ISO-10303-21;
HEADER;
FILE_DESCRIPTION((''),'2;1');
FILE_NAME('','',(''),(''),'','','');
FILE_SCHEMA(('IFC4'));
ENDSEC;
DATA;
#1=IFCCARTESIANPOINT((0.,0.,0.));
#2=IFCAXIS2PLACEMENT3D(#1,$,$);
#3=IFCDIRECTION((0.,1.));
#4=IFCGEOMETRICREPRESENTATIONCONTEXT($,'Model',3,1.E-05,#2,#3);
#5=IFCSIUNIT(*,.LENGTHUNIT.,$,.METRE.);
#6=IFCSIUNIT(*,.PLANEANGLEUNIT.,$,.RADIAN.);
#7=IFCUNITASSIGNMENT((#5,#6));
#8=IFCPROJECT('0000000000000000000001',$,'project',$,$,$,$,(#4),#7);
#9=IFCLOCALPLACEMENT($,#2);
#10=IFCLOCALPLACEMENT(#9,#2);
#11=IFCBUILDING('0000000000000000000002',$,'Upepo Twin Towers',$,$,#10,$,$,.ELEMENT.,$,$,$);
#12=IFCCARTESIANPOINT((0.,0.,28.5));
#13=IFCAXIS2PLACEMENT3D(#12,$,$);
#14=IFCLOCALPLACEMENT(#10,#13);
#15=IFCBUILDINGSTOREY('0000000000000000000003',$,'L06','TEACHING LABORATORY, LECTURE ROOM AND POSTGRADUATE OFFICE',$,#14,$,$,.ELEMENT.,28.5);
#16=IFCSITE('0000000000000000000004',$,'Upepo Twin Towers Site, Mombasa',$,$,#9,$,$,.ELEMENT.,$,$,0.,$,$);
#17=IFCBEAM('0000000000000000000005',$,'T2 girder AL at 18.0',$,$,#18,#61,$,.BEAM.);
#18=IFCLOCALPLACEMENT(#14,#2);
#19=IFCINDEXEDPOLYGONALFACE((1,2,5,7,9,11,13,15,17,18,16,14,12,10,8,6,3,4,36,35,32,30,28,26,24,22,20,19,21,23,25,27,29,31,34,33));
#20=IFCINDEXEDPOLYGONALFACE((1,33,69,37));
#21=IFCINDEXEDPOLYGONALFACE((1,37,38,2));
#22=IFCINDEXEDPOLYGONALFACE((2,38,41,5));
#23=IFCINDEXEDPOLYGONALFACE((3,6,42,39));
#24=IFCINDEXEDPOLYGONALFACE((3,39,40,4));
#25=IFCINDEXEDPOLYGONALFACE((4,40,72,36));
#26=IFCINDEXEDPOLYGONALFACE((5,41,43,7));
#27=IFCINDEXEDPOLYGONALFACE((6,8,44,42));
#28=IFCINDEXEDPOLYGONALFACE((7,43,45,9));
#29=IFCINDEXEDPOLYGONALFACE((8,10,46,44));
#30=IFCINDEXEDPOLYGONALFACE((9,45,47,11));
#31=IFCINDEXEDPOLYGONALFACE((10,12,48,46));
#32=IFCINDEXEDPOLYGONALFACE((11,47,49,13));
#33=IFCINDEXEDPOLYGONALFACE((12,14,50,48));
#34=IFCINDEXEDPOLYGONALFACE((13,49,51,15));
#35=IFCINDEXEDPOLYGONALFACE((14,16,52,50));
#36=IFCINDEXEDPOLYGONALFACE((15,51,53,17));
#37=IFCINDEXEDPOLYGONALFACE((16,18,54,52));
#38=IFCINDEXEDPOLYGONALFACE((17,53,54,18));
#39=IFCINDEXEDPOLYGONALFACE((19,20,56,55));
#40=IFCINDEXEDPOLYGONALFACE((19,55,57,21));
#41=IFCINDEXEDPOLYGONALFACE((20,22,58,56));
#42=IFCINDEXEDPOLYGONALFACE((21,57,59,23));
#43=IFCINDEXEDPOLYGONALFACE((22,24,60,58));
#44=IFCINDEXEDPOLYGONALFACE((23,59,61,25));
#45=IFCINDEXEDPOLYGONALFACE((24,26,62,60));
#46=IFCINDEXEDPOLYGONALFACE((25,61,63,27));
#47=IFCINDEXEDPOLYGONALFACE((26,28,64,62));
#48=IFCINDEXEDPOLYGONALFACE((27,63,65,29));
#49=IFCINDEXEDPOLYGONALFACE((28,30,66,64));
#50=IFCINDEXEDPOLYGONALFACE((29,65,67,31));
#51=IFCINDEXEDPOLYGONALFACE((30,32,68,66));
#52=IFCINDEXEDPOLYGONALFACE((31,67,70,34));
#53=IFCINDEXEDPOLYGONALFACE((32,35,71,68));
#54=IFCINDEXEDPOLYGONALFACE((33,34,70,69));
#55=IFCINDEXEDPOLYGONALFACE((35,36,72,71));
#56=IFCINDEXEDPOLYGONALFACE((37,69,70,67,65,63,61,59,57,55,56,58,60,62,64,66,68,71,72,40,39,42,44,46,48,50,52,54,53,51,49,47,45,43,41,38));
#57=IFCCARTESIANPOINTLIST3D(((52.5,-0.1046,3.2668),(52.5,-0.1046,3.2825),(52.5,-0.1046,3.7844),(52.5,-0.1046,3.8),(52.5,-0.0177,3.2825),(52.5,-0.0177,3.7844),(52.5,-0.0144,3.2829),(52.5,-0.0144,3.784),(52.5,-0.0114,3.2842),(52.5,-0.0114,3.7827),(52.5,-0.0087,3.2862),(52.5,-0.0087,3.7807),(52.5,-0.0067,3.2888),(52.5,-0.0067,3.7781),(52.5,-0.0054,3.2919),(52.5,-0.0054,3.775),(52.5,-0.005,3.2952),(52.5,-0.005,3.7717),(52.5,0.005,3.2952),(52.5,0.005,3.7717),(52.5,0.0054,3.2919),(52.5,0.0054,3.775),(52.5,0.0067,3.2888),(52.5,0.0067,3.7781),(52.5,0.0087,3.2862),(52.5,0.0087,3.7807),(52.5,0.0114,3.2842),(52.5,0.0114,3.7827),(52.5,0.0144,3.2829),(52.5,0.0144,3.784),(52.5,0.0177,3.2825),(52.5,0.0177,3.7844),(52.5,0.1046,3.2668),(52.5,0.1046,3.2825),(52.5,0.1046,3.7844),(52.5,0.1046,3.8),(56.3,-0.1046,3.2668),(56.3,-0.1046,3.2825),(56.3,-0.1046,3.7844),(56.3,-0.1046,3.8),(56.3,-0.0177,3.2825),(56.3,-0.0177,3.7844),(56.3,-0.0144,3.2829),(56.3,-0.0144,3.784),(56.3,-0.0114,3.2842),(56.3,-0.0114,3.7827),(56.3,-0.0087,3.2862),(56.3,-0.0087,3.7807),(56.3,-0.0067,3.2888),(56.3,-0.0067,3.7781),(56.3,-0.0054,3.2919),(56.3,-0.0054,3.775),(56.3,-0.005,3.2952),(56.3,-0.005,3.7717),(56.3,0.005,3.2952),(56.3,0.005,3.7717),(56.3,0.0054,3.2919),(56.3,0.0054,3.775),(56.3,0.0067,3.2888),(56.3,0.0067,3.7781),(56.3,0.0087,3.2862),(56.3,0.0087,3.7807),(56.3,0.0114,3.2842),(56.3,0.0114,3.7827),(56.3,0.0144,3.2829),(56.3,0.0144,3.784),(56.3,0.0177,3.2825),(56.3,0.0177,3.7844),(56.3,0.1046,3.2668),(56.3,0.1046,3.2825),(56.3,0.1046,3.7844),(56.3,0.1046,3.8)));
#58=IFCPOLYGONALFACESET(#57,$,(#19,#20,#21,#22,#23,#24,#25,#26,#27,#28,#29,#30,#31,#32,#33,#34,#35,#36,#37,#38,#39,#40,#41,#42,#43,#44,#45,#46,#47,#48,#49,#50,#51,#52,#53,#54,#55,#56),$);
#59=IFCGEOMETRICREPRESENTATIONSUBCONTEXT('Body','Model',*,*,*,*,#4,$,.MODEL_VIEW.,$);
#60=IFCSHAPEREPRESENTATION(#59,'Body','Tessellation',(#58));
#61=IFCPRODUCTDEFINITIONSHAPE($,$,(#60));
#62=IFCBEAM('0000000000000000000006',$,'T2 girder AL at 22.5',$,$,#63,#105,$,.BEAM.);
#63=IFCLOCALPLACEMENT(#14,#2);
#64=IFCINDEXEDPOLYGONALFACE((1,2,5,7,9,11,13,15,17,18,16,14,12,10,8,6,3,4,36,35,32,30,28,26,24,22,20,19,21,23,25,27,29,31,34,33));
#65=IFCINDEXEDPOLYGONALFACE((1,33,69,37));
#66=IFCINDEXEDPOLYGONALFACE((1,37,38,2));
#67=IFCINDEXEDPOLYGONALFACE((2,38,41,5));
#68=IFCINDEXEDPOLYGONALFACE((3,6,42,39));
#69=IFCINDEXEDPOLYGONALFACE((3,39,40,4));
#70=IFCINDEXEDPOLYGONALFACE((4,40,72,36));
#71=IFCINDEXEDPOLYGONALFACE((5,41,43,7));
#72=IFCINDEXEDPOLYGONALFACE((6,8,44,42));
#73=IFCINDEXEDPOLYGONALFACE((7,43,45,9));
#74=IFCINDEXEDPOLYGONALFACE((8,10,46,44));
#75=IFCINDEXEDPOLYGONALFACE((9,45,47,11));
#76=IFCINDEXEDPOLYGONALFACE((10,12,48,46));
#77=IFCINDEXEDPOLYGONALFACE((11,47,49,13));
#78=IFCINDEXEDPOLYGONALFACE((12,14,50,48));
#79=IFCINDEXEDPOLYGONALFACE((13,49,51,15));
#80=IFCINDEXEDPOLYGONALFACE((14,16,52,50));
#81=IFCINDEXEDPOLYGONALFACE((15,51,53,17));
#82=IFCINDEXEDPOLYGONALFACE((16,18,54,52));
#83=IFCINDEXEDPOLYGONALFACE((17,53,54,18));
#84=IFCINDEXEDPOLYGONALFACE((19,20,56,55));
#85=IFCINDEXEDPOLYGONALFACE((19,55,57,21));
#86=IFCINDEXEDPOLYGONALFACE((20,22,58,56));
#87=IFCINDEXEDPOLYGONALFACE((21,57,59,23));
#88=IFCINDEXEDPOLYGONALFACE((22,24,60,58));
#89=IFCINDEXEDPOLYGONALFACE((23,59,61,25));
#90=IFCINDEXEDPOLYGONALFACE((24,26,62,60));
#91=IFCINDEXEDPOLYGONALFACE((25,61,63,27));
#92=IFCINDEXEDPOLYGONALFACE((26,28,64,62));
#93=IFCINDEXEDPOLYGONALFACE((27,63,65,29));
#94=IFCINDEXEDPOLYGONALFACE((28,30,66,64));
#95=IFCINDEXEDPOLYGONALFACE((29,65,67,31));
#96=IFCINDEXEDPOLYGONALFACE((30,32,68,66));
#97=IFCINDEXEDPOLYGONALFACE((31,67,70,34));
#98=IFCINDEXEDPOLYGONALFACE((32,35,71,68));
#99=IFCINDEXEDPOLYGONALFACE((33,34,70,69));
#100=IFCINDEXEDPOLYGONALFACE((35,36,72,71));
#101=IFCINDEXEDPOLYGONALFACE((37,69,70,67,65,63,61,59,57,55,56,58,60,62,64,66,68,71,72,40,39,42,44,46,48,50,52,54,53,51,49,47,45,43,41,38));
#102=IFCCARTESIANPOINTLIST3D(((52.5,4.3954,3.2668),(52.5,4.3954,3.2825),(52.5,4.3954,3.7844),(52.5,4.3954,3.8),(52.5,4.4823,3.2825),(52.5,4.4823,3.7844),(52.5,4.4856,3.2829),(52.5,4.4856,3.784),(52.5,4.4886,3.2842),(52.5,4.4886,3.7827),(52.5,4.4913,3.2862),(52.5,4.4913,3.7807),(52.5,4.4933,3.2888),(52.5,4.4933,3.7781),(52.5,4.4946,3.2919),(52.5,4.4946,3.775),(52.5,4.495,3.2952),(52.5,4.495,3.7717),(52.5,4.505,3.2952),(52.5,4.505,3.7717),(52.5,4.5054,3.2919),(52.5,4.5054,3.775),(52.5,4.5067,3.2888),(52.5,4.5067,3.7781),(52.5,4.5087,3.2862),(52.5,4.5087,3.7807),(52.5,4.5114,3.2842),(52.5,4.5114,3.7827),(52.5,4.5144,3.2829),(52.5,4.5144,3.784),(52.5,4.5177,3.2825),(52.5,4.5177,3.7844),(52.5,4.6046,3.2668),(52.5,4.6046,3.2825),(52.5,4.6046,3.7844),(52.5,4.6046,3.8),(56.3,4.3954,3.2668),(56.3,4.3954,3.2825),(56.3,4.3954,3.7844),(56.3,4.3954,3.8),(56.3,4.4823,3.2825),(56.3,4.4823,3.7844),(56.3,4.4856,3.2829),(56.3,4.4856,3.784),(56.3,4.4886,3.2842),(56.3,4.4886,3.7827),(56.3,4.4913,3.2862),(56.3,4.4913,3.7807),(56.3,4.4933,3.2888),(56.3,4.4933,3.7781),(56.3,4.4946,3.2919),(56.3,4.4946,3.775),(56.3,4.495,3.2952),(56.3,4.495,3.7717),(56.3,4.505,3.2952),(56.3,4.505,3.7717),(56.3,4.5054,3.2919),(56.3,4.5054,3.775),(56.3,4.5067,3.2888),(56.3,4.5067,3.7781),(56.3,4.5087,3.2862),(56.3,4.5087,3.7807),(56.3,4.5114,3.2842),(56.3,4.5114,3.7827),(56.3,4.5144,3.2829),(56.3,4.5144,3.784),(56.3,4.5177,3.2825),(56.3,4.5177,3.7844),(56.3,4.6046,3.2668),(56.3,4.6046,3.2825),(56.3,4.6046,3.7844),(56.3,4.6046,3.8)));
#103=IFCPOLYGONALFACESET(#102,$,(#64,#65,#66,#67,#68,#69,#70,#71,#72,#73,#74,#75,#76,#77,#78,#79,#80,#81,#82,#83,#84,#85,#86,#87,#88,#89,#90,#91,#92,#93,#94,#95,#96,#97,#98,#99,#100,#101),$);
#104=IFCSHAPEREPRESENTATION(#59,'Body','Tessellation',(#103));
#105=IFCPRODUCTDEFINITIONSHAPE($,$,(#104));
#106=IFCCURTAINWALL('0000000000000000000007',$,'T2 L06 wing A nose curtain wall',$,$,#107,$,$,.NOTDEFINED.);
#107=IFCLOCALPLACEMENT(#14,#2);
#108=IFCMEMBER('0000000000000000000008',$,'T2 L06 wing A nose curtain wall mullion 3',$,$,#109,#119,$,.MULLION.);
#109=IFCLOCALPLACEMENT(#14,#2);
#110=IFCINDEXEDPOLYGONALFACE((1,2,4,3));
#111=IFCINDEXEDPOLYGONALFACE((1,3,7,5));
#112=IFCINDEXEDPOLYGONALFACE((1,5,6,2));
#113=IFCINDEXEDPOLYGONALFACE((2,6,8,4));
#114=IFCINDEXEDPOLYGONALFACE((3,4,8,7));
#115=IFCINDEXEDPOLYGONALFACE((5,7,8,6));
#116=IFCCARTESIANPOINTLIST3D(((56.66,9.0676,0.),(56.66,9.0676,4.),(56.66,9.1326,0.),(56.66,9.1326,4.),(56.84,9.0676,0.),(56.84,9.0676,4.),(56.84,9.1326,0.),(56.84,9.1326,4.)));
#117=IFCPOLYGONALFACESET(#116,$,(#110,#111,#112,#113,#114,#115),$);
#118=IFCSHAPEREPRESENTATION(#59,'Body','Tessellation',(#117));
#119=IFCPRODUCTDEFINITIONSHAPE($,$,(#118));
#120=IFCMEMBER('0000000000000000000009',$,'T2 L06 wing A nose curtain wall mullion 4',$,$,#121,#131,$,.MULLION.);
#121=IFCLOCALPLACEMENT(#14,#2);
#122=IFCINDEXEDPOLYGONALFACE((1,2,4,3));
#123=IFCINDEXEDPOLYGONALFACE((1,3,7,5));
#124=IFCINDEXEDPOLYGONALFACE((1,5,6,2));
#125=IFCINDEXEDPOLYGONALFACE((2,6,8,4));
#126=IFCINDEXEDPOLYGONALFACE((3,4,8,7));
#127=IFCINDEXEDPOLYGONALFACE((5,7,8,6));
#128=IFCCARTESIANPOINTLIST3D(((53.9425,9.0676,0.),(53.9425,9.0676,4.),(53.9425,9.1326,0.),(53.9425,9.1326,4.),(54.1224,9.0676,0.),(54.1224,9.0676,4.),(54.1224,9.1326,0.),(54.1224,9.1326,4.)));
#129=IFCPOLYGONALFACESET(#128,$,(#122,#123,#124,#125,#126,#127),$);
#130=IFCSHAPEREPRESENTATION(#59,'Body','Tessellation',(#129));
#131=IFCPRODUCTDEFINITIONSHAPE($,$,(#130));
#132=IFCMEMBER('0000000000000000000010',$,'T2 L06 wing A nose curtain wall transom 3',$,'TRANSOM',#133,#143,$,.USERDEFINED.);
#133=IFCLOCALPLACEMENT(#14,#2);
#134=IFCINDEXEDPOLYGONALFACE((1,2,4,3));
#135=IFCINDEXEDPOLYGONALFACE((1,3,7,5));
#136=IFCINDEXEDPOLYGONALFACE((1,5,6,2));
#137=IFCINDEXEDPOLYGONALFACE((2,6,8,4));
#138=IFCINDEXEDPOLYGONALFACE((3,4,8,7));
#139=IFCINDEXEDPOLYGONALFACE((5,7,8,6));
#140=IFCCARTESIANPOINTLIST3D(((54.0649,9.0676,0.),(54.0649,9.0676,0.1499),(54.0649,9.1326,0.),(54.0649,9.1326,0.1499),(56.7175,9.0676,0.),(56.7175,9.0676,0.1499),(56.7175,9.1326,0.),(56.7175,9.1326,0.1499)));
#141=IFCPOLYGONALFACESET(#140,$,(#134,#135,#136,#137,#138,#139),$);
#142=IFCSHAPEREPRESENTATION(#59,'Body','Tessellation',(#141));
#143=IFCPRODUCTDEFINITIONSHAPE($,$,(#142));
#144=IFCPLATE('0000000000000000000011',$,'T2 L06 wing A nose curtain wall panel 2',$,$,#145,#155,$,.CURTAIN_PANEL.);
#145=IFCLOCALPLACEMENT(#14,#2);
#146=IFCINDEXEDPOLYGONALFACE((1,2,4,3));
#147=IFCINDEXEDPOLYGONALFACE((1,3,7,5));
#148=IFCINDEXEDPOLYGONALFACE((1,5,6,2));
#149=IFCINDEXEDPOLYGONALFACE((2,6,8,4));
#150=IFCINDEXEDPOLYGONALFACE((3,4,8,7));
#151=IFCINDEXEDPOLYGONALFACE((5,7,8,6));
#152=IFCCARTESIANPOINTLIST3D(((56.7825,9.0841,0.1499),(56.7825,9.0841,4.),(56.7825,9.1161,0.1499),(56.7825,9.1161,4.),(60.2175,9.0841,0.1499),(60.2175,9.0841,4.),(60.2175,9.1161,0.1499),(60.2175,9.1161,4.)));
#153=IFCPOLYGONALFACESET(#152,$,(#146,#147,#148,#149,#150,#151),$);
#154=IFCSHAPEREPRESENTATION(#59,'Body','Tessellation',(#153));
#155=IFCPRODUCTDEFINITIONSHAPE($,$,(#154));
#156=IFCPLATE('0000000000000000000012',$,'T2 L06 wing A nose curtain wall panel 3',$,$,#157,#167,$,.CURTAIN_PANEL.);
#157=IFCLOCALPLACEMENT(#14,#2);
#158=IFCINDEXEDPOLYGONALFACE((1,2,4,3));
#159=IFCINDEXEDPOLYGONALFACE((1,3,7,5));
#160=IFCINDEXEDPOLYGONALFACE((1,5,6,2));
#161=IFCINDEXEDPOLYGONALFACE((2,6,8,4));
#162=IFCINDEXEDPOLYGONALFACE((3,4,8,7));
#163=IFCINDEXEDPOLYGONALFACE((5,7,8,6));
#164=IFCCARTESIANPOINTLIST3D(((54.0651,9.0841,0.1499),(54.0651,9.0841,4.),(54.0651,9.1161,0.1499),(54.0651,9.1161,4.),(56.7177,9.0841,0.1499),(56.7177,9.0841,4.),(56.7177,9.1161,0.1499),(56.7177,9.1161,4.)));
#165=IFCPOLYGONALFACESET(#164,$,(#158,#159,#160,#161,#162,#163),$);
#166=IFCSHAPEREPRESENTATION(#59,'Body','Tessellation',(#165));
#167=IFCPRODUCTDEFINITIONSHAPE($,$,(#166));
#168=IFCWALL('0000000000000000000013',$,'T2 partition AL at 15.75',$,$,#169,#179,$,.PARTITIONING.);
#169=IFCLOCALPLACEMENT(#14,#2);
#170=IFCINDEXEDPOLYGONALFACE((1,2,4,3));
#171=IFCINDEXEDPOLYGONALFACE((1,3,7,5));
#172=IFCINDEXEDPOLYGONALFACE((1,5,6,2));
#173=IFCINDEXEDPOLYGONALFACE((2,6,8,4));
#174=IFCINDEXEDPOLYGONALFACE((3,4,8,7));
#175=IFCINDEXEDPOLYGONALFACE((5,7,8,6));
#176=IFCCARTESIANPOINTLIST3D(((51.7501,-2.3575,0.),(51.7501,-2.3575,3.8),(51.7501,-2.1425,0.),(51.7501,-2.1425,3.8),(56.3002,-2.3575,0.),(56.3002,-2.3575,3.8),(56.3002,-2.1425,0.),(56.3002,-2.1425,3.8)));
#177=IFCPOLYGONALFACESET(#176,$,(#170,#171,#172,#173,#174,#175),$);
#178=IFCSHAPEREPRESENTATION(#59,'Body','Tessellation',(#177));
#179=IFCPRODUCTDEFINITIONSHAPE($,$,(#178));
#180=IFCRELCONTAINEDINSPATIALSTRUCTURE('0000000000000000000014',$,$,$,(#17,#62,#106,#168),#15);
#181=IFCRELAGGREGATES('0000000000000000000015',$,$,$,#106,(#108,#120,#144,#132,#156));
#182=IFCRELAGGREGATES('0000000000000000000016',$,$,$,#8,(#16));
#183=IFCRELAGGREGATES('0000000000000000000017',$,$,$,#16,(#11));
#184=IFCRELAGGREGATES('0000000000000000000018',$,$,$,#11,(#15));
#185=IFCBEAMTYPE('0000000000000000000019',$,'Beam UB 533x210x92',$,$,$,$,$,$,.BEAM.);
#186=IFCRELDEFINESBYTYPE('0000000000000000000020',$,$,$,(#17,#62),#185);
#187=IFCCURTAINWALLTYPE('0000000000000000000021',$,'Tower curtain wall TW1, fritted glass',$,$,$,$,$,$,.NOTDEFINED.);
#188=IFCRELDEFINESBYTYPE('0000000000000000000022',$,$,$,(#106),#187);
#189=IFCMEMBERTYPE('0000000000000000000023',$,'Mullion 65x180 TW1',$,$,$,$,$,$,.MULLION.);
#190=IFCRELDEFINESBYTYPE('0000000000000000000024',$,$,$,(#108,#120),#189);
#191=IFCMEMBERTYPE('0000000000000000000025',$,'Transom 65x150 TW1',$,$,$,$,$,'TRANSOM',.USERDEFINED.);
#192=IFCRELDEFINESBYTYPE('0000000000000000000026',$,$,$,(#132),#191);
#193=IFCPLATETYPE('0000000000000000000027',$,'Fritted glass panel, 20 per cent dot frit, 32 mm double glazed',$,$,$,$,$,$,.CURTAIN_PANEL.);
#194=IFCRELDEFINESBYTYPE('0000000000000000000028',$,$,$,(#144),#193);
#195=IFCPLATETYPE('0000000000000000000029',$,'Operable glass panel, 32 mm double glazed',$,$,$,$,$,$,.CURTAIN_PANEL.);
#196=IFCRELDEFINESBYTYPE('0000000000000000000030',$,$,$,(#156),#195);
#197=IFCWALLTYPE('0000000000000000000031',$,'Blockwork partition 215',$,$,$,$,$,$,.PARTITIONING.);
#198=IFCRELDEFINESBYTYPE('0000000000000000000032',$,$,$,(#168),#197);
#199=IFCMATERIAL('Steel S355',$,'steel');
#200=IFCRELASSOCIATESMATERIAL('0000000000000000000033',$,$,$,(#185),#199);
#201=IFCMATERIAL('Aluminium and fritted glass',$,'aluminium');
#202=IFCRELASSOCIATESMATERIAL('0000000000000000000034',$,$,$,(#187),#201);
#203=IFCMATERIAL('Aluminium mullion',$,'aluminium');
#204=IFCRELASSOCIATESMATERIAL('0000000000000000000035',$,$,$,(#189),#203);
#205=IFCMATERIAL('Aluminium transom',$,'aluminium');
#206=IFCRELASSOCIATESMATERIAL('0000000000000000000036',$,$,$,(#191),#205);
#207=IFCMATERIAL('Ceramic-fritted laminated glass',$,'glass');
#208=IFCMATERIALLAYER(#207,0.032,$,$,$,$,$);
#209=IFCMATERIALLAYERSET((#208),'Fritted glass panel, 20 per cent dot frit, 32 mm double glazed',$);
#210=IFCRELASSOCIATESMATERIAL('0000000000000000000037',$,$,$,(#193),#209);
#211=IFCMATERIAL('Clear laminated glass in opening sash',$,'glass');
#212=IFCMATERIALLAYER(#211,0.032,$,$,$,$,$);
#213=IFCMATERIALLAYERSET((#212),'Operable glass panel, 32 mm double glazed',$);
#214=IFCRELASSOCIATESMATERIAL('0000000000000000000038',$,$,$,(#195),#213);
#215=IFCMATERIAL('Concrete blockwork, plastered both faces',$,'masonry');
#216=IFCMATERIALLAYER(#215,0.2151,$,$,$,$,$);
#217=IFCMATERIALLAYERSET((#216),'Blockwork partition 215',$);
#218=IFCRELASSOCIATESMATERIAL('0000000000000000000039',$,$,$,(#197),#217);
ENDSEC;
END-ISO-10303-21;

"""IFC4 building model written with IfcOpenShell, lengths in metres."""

from ifc_helpers import new_model, si_unit, direction, frame, frame_2d, origin, origin_2d, place, context, subcontext, project, spatial, rectangle, i_section, extrude, material, layer, layer_set, material_profile, profile_set, type_object, element, aggregate, save


model = new_model("IFC4")

# Units and contexts
model_context = context("Model", 3, precision=1e-05, world=origin(), true_north=direction((0.0, 1.0)))
body_context = subcontext(model_context, "Body", "Model", "MODEL_VIEW")
ifc_project = project(units=[si_unit("LENGTHUNIT", "METRE"), si_unit("PLANEANGLEUNIT", "RADIAN")], contexts=[model_context])

# Site, building, storey
site_placement = place(None, origin())
site = spatial("IfcSite", under=ifc_project, at=site_placement, Name="Upepo Twin Towers Site, Mombasa", CompositionType="ELEMENT", RefElevation=0.0)
building_placement = place(site_placement, origin())
building = spatial("IfcBuilding", under=site, at=building_placement, Name="Upepo Twin Towers", CompositionType="ELEMENT")
storey_placement = place(building_placement, frame((0.0, 0.0, 28.5)))
storey = spatial("IfcBuildingStorey", under=building, at=storey_placement, Name="L06", Description="TEACHING LABORATORY, LECTURE ROOM AND POSTGRADUATE OFFICE", CompositionType="ELEMENT", Elevation=28.5)

# Beams
ifc_material_1 = material(Name="Steel S355", Category="steel")
ifc_material_profile_1 = material_profile(ifc_material_1, i_section(OverallWidth=0.2092, OverallDepth=0.5332, WebThickness=0.01, FlangeThickness=0.0156, FilletRadius=0.0127, at=origin_2d()), Name="UB 533x210x92")
ifc_profile_set_1 = profile_set([ifc_material_profile_1], Name="Steel S355")
beam_type_1 = type_object("IfcBeamType", Name="Beam UB 533x210x92", PredefinedType="BEAM", material=ifc_profile_set_1)
for number, where, z_axis, x_axis, name in (
    (1, (52.5, 0.0, 3.5334), (1.0, 0.0, 0.0), (0.0, 1.0, 0.0), "T2 girder AL at 18.0"),
    (2, (52.5, 4.5, 3.5334), (1.0, 0.0, 0.0), (0.0, 1.0, 0.0), "T2 girder AL at 22.5"),
):
    element("IfcBeam", number, at=place(storey_placement, frame(where, z_axis=z_axis, x_axis=x_axis)), inside=storey, type_object=beam_type_1, Name=name, PredefinedType="BEAM", context=body_context, shape_type="SweptSolid", body=[
        extrude(i_section(OverallWidth=0.2092, OverallDepth=0.5332, WebThickness=0.01, FlangeThickness=0.0156, FilletRadius=0.0127, at=origin_2d()), origin(), (0.0, 0.0, 1.0), 3.8),
    ])

# Curtain wall, members, plates
ifc_material_2 = material(Name="Aluminium and fritted glass", Category="aluminium")
curtain_wall_type = type_object("IfcCurtainWallType", Name="Tower curtain wall TW1, fritted glass", PredefinedType="NOTDEFINED", material=ifc_material_2)
curtain_wall_placement = place(storey_placement, origin())
curtain_wall = element("IfcCurtainWall", 3, at=curtain_wall_placement, inside=storey, type_object=curtain_wall_type, Name="T2 L06 wing A nose curtain wall", PredefinedType="NOTDEFINED")
ifc_material_3 = material(Name="Aluminium mullion", Category="aluminium")
ifc_material_profile_2 = material_profile(ifc_material_3, rectangle(XDim=0.0649, YDim=0.1799, at=origin_2d()), Name="MULLION 65x180")
ifc_profile_set_2 = profile_set([ifc_material_profile_2], Name="Aluminium mullion")
member_type_1 = type_object("IfcMemberType", Name="Mullion 65x180 TW1", PredefinedType="MULLION", material=ifc_profile_set_2)
member_1_placement = place(storey_placement, frame((56.75, 9.1001, 0.0), z_axis=(0.0, 0.0, 1.0), x_axis=(0.0, -1.0, 0.0)))
member_1 = element("IfcMember", 4, at=member_1_placement, type_object=member_type_1, Name="T2 L06 wing A nose curtain wall mullion 3", PredefinedType="MULLION", context=body_context, shape_type="SweptSolid", body=[
    extrude(rectangle(XDim=0.0649, YDim=0.1799, at=origin_2d()), origin(), (0.0, 0.0, 1.0), 4.0),
])
member_2_placement = place(storey_placement, frame((54.0325, 9.1001, 0.0), z_axis=(0.0, 0.0, 1.0), x_axis=(0.0, -1.0, 0.0)))
member_2 = element("IfcMember", 5, at=member_2_placement, type_object=member_type_1, Name="T2 L06 wing A nose curtain wall mullion 4", PredefinedType="MULLION", context=body_context, shape_type="SweptSolid", body=[
    extrude(rectangle(XDim=0.0649, YDim=0.1799, at=origin_2d()), origin(), (0.0, 0.0, 1.0), 4.0),
])
ifc_material_4 = material(Name="Aluminium transom", Category="aluminium")
ifc_material_profile_3 = material_profile(ifc_material_4, rectangle(XDim=0.0649, YDim=0.1499, at=origin_2d()), Name="TRANSOM 65x150")
ifc_profile_set_3 = profile_set([ifc_material_profile_3], Name="Aluminium transom")
member_type_2 = type_object("IfcMemberType", Name="Transom 65x150 TW1", ElementType="TRANSOM", PredefinedType="USERDEFINED", material=ifc_profile_set_3)
member_3_placement = place(storey_placement, frame((56.7175, 9.1001, 0.075), z_axis=(-1.0, 0.0, 0.0), x_axis=(0.0, -1.0, 0.0)))
member_3 = element("IfcMember", 6, at=member_3_placement, type_object=member_type_2, Name="T2 L06 wing A nose curtain wall transom 3", ObjectType="TRANSOM", PredefinedType="USERDEFINED", context=body_context, shape_type="SweptSolid", body=[
    extrude(rectangle(XDim=0.0649, YDim=0.1499, at=origin_2d()), origin(), (0.0, 0.0, 1.0), 2.6526),
])
ifc_material_5 = material(Name="Ceramic-fritted laminated glass", Category="glass")
ifc_layer_1 = layer(ifc_material_5, 0.032)
ifc_layer_set_1 = layer_set([ifc_layer_1], Name="Fritted glass panel, 20 per cent dot frit, 32 mm double glazed")
plate_type_1 = type_object("IfcPlateType", Name="Fritted glass panel, 20 per cent dot frit, 32 mm double glazed", PredefinedType="CURTAIN_PANEL", material=ifc_layer_set_1)
plate_1_placement = place(storey_placement, frame((58.5, 9.1001, 0.1499), z_axis=(0.0, 0.0, 1.0), x_axis=(-1.0, 0.0, 0.0)))
plate_1 = element("IfcPlate", 7, at=plate_1_placement, type_object=plate_type_1, Name="T2 L06 wing A nose curtain wall panel 2", PredefinedType="CURTAIN_PANEL", context=body_context, shape_type="SweptSolid", body=[
    extrude(rectangle(XDim=3.4351, YDim=0.032, at=origin_2d()), origin(), (0.0, 0.0, 1.0), 3.8501),
])
ifc_material_6 = material(Name="Clear laminated glass in opening sash", Category="glass")
ifc_layer_2 = layer(ifc_material_6, 0.032)
ifc_layer_set_2 = layer_set([ifc_layer_2], Name="Operable glass panel, 32 mm double glazed")
plate_type_2 = type_object("IfcPlateType", Name="Operable glass panel, 32 mm double glazed", PredefinedType="CURTAIN_PANEL", material=ifc_layer_set_2)
plate_2_placement = place(storey_placement, frame((55.3914, 9.1001, 0.1499), z_axis=(0.0, 0.0, 1.0), x_axis=(-1.0, 0.0, 0.0)))
plate_2 = element("IfcPlate", 8, at=plate_2_placement, type_object=plate_type_2, Name="T2 L06 wing A nose curtain wall panel 3", PredefinedType="CURTAIN_PANEL", context=body_context, shape_type="SweptSolid", body=[
    extrude(rectangle(XDim=2.6526, YDim=0.032, at=origin_2d()), origin(), (0.0, 0.0, 1.0), 3.8501),
])
aggregate(curtain_wall, [member_1, member_2, plate_1, member_3, plate_2])

# Wall
ifc_material_7 = material(Name="Concrete blockwork, plastered both faces", Category="masonry")
ifc_layer_3 = layer(ifc_material_7, 0.2151)
ifc_layer_set_3 = layer_set([ifc_layer_3], Name="Blockwork partition 215")
wall_type_1 = type_object("IfcWallType", Name="Blockwork partition 215", PredefinedType="PARTITIONING", material=ifc_layer_set_3)
wall_1_placement = place(storey_placement, frame((56.3, -2.25, 0.0), z_axis=(0.0, 0.0, 1.0), x_axis=(-1.0, 0.0, 0.0)))
element("IfcWall", 9, at=wall_1_placement, inside=storey, type_object=wall_type_1, Name="T2 partition AL at 15.75", PredefinedType="PARTITIONING", context=body_context, shape_type="SweptSolid", body=[
    extrude(rectangle(XDim=4.55, YDim=0.2151, at=frame_2d((2.2749, 0.0))), origin(), (0.0, 0.0, 1.0), 3.8),
])

save(model, "model.ifc")
